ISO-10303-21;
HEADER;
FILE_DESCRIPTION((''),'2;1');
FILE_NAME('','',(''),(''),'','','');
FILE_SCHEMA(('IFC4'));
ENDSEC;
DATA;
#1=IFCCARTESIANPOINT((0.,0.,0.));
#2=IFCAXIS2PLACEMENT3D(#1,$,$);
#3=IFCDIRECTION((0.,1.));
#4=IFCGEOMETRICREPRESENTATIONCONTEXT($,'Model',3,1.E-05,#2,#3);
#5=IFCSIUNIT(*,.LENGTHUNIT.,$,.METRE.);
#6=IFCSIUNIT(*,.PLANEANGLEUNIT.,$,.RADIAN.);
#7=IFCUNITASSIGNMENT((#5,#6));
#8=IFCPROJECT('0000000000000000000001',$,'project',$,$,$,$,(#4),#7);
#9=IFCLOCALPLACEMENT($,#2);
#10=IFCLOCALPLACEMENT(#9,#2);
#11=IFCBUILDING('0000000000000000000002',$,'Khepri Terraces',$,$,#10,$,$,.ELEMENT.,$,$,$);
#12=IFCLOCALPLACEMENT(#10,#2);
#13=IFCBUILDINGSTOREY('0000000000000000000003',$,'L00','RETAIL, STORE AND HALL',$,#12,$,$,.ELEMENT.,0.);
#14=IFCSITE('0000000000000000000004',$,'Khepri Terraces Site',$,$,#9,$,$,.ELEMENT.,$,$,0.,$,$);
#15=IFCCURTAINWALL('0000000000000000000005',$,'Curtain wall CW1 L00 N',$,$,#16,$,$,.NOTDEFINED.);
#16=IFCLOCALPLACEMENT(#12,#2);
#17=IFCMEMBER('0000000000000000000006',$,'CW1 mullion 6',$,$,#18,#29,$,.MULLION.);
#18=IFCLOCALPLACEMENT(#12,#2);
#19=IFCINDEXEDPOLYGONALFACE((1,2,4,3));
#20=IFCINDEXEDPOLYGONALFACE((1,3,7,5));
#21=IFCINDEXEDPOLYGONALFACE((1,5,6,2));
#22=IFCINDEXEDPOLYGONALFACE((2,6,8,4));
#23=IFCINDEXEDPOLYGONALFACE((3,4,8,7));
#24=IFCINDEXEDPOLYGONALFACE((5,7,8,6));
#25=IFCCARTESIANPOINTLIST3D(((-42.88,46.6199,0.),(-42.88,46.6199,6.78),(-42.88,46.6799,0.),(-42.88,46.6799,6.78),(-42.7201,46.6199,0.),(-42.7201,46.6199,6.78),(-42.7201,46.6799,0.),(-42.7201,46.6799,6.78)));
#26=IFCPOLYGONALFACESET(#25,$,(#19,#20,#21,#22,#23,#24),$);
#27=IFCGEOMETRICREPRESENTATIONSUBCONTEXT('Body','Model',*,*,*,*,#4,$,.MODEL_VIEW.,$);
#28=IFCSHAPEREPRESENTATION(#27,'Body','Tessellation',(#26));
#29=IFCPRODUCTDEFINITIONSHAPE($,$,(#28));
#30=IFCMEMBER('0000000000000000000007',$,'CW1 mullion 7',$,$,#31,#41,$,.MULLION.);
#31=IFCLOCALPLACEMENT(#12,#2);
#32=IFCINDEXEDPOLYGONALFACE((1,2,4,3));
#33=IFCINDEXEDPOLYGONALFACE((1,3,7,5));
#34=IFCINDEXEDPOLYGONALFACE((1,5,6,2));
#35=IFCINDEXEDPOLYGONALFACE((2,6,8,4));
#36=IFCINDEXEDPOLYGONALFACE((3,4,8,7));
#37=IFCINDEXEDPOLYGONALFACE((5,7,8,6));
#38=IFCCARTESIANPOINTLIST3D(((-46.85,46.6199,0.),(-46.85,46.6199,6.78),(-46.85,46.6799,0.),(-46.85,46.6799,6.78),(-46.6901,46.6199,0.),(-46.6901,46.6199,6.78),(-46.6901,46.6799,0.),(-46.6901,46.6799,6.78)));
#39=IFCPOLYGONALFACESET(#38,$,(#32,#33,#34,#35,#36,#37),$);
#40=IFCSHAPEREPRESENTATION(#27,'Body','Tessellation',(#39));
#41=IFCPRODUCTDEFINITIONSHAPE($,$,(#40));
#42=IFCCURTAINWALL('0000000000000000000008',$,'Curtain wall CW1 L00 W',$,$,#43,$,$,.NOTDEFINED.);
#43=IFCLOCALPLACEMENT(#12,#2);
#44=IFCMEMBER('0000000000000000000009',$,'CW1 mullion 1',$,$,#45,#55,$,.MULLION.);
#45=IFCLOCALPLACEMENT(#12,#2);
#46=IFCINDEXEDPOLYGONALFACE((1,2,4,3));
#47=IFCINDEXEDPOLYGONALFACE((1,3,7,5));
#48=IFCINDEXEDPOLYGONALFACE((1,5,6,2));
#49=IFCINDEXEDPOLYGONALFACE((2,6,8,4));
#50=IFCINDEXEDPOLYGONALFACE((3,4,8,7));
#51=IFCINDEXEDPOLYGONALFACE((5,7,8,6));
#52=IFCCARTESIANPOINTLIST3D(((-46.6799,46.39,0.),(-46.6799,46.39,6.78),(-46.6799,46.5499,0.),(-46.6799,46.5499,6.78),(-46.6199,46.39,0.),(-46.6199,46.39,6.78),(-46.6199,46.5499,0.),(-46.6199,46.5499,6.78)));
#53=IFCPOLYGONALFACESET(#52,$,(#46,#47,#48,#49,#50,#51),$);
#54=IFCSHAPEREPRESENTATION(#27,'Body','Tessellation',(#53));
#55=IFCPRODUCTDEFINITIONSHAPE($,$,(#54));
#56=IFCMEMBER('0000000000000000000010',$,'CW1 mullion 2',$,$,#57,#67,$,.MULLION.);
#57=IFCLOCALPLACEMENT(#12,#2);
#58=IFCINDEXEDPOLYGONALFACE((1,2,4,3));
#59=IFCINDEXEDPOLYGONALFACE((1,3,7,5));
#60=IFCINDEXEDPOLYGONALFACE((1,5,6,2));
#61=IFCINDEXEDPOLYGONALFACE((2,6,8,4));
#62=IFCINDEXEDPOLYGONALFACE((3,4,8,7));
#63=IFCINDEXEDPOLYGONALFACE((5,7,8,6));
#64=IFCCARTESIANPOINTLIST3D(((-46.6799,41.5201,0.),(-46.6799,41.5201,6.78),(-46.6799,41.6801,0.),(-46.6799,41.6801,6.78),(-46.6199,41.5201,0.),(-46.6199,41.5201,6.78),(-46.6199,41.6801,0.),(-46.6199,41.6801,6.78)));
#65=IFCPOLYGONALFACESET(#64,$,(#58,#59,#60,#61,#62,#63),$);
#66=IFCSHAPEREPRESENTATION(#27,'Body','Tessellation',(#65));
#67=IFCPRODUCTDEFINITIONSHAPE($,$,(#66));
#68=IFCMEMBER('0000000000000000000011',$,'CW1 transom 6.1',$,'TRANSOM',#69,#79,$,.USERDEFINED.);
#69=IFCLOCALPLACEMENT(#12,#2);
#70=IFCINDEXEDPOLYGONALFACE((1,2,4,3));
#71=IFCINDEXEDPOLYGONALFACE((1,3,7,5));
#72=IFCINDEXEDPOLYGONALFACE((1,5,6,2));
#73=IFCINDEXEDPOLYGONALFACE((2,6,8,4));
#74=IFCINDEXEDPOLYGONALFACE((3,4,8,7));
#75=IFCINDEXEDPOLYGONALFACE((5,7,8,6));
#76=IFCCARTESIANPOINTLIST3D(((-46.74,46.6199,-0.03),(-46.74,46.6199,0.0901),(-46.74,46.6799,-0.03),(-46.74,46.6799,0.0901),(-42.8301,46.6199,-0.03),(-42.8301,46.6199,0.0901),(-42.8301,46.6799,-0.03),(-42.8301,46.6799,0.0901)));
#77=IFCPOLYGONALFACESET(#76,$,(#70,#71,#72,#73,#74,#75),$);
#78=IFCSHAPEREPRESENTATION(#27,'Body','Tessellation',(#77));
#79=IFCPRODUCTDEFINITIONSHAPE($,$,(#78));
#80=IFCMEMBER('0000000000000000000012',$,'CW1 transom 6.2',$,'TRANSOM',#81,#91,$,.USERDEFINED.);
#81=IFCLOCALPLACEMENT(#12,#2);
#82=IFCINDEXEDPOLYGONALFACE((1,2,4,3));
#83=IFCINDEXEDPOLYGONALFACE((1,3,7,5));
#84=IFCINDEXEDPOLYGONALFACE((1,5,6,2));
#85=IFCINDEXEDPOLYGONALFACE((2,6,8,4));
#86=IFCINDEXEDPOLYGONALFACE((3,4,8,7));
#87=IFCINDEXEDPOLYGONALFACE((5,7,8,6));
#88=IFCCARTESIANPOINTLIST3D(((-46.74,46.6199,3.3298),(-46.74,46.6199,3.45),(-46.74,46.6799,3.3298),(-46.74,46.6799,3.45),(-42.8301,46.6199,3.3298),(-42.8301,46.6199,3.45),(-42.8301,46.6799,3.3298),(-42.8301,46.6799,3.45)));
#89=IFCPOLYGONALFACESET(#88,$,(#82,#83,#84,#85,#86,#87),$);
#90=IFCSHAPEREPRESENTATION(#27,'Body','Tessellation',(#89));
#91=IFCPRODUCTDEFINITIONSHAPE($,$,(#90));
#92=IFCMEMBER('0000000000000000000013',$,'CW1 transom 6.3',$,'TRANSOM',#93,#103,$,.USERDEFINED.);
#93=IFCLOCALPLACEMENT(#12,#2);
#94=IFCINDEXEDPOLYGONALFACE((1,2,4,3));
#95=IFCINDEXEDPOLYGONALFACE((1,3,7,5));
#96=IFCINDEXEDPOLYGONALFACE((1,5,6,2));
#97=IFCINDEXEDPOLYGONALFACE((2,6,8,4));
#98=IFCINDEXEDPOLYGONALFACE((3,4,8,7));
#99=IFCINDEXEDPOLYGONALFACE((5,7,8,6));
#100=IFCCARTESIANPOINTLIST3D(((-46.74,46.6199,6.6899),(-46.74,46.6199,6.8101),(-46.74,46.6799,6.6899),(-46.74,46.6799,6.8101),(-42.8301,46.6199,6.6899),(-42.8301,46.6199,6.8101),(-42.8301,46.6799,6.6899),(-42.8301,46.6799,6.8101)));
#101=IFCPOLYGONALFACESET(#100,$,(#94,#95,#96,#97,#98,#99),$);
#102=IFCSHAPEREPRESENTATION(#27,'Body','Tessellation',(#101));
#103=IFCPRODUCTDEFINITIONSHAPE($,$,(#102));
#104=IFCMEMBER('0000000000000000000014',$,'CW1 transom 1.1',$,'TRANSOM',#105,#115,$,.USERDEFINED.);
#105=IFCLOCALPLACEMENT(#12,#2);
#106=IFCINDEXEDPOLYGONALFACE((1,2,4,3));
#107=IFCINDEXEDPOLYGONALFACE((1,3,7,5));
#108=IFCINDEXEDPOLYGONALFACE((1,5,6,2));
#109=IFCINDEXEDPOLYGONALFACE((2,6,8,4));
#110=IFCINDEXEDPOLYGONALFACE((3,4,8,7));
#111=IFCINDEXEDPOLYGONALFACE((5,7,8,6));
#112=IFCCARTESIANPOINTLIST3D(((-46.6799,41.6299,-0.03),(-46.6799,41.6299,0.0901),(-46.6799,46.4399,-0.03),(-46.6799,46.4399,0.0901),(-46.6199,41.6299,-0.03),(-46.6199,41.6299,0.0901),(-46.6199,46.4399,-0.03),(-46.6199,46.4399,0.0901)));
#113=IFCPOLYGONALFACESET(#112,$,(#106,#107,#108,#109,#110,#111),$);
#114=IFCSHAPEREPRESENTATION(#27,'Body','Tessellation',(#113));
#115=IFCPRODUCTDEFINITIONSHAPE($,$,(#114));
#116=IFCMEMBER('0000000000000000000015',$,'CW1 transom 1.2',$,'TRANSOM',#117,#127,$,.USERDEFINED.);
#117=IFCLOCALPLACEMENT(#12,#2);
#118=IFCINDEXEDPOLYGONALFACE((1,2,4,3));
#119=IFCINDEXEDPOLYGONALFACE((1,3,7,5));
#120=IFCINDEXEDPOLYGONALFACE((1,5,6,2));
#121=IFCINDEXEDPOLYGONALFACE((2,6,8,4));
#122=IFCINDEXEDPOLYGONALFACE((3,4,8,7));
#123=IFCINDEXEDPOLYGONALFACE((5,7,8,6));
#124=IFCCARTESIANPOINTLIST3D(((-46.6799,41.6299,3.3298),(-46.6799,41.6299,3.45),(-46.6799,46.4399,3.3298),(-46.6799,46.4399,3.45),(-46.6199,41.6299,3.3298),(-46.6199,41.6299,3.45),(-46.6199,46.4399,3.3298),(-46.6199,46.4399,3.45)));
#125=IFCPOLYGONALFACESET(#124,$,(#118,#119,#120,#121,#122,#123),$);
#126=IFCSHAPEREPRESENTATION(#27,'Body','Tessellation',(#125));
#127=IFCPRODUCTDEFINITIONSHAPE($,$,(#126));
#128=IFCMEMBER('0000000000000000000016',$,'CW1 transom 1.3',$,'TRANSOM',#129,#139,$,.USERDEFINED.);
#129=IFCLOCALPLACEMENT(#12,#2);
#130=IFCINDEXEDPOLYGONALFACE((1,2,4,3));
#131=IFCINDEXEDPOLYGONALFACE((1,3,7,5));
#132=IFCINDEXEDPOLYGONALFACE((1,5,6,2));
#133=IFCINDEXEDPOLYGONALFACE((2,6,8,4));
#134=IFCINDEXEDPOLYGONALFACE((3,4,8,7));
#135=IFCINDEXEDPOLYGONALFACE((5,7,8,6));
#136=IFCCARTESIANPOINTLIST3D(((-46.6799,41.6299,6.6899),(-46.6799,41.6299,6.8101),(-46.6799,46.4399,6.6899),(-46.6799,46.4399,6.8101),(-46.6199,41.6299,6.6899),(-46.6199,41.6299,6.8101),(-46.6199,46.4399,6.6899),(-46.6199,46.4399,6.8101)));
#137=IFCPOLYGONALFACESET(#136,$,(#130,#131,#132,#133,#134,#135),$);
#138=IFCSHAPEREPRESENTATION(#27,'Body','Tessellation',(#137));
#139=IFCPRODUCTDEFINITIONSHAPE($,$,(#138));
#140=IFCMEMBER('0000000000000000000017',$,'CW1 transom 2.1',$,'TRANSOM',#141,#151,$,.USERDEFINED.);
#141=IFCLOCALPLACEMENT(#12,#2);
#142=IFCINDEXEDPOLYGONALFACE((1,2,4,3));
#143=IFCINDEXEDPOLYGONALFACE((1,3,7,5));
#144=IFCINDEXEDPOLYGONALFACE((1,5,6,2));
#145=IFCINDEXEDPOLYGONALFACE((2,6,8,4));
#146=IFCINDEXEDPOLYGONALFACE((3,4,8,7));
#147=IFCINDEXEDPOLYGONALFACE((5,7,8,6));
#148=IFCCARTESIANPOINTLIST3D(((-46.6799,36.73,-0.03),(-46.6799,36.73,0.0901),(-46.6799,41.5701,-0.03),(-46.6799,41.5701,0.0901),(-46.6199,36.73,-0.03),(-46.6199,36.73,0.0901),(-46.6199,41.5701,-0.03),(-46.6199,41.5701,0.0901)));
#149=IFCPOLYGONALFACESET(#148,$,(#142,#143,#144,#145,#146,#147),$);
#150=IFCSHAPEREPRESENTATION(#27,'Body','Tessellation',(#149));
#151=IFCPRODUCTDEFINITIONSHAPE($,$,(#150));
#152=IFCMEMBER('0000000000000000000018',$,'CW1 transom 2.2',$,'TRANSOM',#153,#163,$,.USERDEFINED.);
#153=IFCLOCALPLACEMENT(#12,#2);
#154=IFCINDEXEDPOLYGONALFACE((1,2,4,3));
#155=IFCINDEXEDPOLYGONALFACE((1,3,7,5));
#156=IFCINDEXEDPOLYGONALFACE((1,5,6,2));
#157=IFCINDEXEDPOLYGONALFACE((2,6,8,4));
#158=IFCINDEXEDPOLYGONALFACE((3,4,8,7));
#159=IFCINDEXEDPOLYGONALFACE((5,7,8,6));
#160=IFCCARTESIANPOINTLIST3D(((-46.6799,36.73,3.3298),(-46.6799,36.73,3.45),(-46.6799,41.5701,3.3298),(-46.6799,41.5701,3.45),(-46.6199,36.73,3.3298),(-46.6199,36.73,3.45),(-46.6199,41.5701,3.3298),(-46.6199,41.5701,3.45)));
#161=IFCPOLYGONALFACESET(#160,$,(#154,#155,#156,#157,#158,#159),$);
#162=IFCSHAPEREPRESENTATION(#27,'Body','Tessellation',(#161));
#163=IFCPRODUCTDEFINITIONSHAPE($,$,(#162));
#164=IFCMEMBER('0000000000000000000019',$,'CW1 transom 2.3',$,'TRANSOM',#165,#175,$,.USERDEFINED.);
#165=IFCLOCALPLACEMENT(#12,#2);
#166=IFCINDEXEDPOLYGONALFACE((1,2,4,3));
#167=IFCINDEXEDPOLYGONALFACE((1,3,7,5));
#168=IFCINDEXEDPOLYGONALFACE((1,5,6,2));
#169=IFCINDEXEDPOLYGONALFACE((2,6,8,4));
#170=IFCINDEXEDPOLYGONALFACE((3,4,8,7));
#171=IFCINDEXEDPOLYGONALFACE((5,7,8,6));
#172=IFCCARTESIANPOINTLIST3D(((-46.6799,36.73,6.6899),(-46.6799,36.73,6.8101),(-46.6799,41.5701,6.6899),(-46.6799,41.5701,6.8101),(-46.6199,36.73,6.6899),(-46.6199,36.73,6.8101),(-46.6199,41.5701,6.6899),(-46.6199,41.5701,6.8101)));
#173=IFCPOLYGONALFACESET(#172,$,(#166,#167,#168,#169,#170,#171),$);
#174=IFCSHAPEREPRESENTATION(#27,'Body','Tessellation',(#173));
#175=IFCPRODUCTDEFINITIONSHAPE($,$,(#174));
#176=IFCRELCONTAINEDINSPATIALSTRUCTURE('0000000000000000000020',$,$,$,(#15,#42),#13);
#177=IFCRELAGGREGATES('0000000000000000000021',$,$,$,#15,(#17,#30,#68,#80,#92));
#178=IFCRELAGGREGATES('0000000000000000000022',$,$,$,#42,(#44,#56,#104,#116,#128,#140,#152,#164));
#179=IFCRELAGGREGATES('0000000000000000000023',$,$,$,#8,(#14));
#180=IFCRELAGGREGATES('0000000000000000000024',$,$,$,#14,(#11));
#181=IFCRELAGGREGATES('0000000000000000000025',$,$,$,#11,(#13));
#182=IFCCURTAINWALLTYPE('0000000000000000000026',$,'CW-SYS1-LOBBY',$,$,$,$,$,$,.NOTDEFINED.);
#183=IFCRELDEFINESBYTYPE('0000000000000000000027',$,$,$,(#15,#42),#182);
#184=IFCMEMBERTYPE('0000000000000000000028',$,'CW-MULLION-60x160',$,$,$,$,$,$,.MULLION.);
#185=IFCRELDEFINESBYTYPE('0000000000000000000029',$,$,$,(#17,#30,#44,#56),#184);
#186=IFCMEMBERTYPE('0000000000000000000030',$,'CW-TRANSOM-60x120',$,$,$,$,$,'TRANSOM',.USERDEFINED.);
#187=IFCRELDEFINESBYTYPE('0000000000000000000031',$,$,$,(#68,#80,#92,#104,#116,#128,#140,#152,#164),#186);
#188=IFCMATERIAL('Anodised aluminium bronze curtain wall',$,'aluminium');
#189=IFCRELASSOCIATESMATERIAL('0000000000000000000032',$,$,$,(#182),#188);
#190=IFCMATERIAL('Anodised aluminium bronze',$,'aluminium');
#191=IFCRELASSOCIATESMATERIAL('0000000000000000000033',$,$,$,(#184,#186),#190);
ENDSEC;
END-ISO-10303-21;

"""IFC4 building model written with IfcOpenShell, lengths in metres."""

from ifc_helpers import new_model, si_unit, direction, frame, origin, origin_2d, place, context, subcontext, project, spatial, rectangle, extrude, material, material_profile, profile_set, type_object, element, aggregate, save


model = new_model("IFC4")

# Units and contexts
model_context = context("Model", 3, precision=1e-05, world=origin(), true_north=direction((0.0, 1.0)))
body_context = subcontext(model_context, "Body", "Model", "MODEL_VIEW")
ifc_project = project(units=[si_unit("LENGTHUNIT", "METRE"), si_unit("PLANEANGLEUNIT", "RADIAN")], contexts=[model_context])

# Site, building, storey
site_placement = place(None, origin())
site = spatial("IfcSite", under=ifc_project, at=site_placement, Name="Khepri Terraces Site", CompositionType="ELEMENT", RefElevation=0.0)
building_placement = place(site_placement, origin())
building = spatial("IfcBuilding", under=site, at=building_placement, Name="Khepri Terraces", CompositionType="ELEMENT")
storey_placement = place(building_placement, origin())
storey = spatial("IfcBuildingStorey", under=building, at=storey_placement, Name="L00", Description="RETAIL, STORE AND HALL", CompositionType="ELEMENT", Elevation=0.0)

# Curtain walls, members
ifc_material_1 = material(Name="Anodised aluminium bronze curtain wall", Category="aluminium")
curtain_wall_type = type_object("IfcCurtainWallType", Name="CW-SYS1-LOBBY", PredefinedType="NOTDEFINED", material=ifc_material_1)
curtain_wall_1_placement = place(storey_placement, origin())
curtain_wall_1 = element("IfcCurtainWall", 1, at=curtain_wall_1_placement, inside=storey, type_object=curtain_wall_type, Name="Curtain wall CW1 L00 N", PredefinedType="NOTDEFINED")
ifc_material_2 = material(Name="Anodised aluminium bronze", Category="aluminium")
ifc_material_profile_1 = material_profile(ifc_material_2, rectangle(XDim=0.0601, YDim=0.1599, at=origin_2d()), Name="Anodised aluminium bronze", Category="aluminium")
ifc_profile_set_1 = profile_set([ifc_material_profile_1], Name="Anodised aluminium bronze")
member_type_1 = type_object("IfcMemberType", Name="CW-MULLION-60x160", PredefinedType="MULLION", material=ifc_profile_set_1)
member_1_placement = place(storey_placement, frame((-42.8, 46.6499, 0.0), z_axis=(0.0, 0.0, 1.0), x_axis=(0.0, -1.0, 0.0)))
member_1 = element("IfcMember", 2, at=member_1_placement, type_object=member_type_1, Name="CW1 mullion 6", PredefinedType="MULLION", context=body_context, shape_type="SweptSolid", body=[
    extrude(rectangle(XDim=0.0601, YDim=0.1599, at=origin_2d()), origin(), (0.0, 0.0, 1.0), 6.78),
])
member_2_placement = place(storey_placement, frame((-46.77, 46.6499, 0.0), z_axis=(0.0, 0.0, 1.0), x_axis=(0.0, -1.0, 0.0)))
member_2 = element("IfcMember", 3, at=member_2_placement, type_object=member_type_1, Name="CW1 mullion 7", PredefinedType="MULLION", context=body_context, shape_type="SweptSolid", body=[
    extrude(rectangle(XDim=0.0601, YDim=0.1599, at=origin_2d()), origin(), (0.0, 0.0, 1.0), 6.78),
])
curtain_wall_2_placement = place(storey_placement, origin())
curtain_wall_2 = element("IfcCurtainWall", 4, at=curtain_wall_2_placement, inside=storey, type_object=curtain_wall_type, Name="Curtain wall CW1 L00 W", PredefinedType="NOTDEFINED")
member_3_placement = place(storey_placement, frame((-46.6499, 46.47, 0.0), z_axis=(0.0, 0.0, 1.0), x_axis=(1.0, 0.0, 0.0)))
member_3 = element("IfcMember", 5, at=member_3_placement, type_object=member_type_1, Name="CW1 mullion 1", PredefinedType="MULLION", context=body_context, shape_type="SweptSolid", body=[
    extrude(rectangle(XDim=0.0601, YDim=0.1599, at=origin_2d()), origin(), (0.0, 0.0, 1.0), 6.78),
])
member_4_placement = place(storey_placement, frame((-46.6499, 41.6001, 0.0), z_axis=(0.0, 0.0, 1.0), x_axis=(1.0, 0.0, 0.0)))
member_4 = element("IfcMember", 6, at=member_4_placement, type_object=member_type_1, Name="CW1 mullion 2", PredefinedType="MULLION", context=body_context, shape_type="SweptSolid", body=[
    extrude(rectangle(XDim=0.0601, YDim=0.1599, at=origin_2d()), origin(), (0.0, 0.0, 1.0), 6.78),
])

# Members
ifc_material_profile_2 = material_profile(ifc_material_2, rectangle(XDim=0.0601, YDim=0.1201, at=origin_2d()), Name="Anodised aluminium bronze", Category="aluminium")
ifc_profile_set_2 = profile_set([ifc_material_profile_2], Name="Anodised aluminium bronze")
member_type_2 = type_object("IfcMemberType", Name="CW-TRANSOM-60x120", ElementType="TRANSOM", PredefinedType="USERDEFINED", material=ifc_profile_set_2)
member_5_placement = place(storey_placement, frame((-42.8301, 46.6499, 0.03), z_axis=(-1.0, 0.0, 0.0), x_axis=(0.0, -1.0, 0.0)))
member_5 = element("IfcMember", 7, at=member_5_placement, type_object=member_type_2, Name="CW1 transom 6.1", ObjectType="TRANSOM", PredefinedType="USERDEFINED", context=body_context, shape_type="SweptSolid", body=[
    extrude(rectangle(XDim=0.0601, YDim=0.1201, at=origin_2d()), origin(), (0.0, 0.0, 1.0), 3.9099),
])
member_6_placement = place(storey_placement, frame((-42.8301, 46.6499, 3.3899), z_axis=(-1.0, 0.0, 0.0), x_axis=(0.0, -1.0, 0.0)))
member_6 = element("IfcMember", 8, at=member_6_placement, type_object=member_type_2, Name="CW1 transom 6.2", ObjectType="TRANSOM", PredefinedType="USERDEFINED", context=body_context, shape_type="SweptSolid", body=[
    extrude(rectangle(XDim=0.0601, YDim=0.1201, at=origin_2d()), origin(), (0.0, 0.0, 1.0), 3.9099),
])
member_7_placement = place(storey_placement, frame((-42.8301, 46.6499, 6.75), z_axis=(-1.0, 0.0, 0.0), x_axis=(0.0, -1.0, 0.0)))
member_7 = element("IfcMember", 9, at=member_7_placement, type_object=member_type_2, Name="CW1 transom 6.3", ObjectType="TRANSOM", PredefinedType="USERDEFINED", context=body_context, shape_type="SweptSolid", body=[
    extrude(rectangle(XDim=0.0601, YDim=0.1201, at=origin_2d()), origin(), (0.0, 0.0, 1.0), 3.9099),
])
member_8_placement = place(storey_placement, frame((-46.6499, 46.4399, 0.03), z_axis=(0.0, -1.0, 0.0), x_axis=(1.0, 0.0, 0.0)))
member_8 = element("IfcMember", 10, at=member_8_placement, type_object=member_type_2, Name="CW1 transom 1.1", ObjectType="TRANSOM", PredefinedType="USERDEFINED", context=body_context, shape_type="SweptSolid", body=[
    extrude(rectangle(XDim=0.0601, YDim=0.1201, at=origin_2d()), origin(), (0.0, 0.0, 1.0), 4.8101),
])
member_9_placement = place(storey_placement, frame((-46.6499, 46.4399, 3.3899), z_axis=(0.0, -1.0, 0.0), x_axis=(1.0, 0.0, 0.0)))
member_9 = element("IfcMember", 11, at=member_9_placement, type_object=member_type_2, Name="CW1 transom 1.2", ObjectType="TRANSOM", PredefinedType="USERDEFINED", context=body_context, shape_type="SweptSolid", body=[
    extrude(rectangle(XDim=0.0601, YDim=0.1201, at=origin_2d()), origin(), (0.0, 0.0, 1.0), 4.8101),
])
member_10_placement = place(storey_placement, frame((-46.6499, 46.4399, 6.75), z_axis=(0.0, -1.0, 0.0), x_axis=(1.0, 0.0, 0.0)))
member_10 = element("IfcMember", 12, at=member_10_placement, type_object=member_type_2, Name="CW1 transom 1.3", ObjectType="TRANSOM", PredefinedType="USERDEFINED", context=body_context, shape_type="SweptSolid", body=[
    extrude(rectangle(XDim=0.0601, YDim=0.1201, at=origin_2d()), origin(), (0.0, 0.0, 1.0), 4.8101),
])
member_11_placement = place(storey_placement, frame((-46.6499, 41.5701, 0.03), z_axis=(0.0, -1.0, 0.0), x_axis=(1.0, 0.0, 0.0)))
member_11 = element("IfcMember", 13, at=member_11_placement, type_object=member_type_2, Name="CW1 transom 2.1", ObjectType="TRANSOM", PredefinedType="USERDEFINED", context=body_context, shape_type="SweptSolid", body=[
    extrude(rectangle(XDim=0.0601, YDim=0.1201, at=origin_2d()), origin(), (0.0, 0.0, 1.0), 4.8401),
])
member_12_placement = place(storey_placement, frame((-46.6499, 41.5701, 3.3899), z_axis=(0.0, -1.0, 0.0), x_axis=(1.0, 0.0, 0.0)))
member_12 = element("IfcMember", 14, at=member_12_placement, type_object=member_type_2, Name="CW1 transom 2.2", ObjectType="TRANSOM", PredefinedType="USERDEFINED", context=body_context, shape_type="SweptSolid", body=[
    extrude(rectangle(XDim=0.0601, YDim=0.1201, at=origin_2d()), origin(), (0.0, 0.0, 1.0), 4.8401),
])
member_13_placement = place(storey_placement, frame((-46.6499, 41.5701, 6.75), z_axis=(0.0, -1.0, 0.0), x_axis=(1.0, 0.0, 0.0)))
member_13 = element("IfcMember", 15, at=member_13_placement, type_object=member_type_2, Name="CW1 transom 2.3", ObjectType="TRANSOM", PredefinedType="USERDEFINED", context=body_context, shape_type="SweptSolid", body=[
    extrude(rectangle(XDim=0.0601, YDim=0.1201, at=origin_2d()), origin(), (0.0, 0.0, 1.0), 4.8401),
])

aggregate(curtain_wall_1, [member_1, member_2, member_5, member_6, member_7])
aggregate(curtain_wall_2, [member_3, member_4, member_8, member_9, member_10, member_11, member_12, member_13])

save(model, "model.ifc")
